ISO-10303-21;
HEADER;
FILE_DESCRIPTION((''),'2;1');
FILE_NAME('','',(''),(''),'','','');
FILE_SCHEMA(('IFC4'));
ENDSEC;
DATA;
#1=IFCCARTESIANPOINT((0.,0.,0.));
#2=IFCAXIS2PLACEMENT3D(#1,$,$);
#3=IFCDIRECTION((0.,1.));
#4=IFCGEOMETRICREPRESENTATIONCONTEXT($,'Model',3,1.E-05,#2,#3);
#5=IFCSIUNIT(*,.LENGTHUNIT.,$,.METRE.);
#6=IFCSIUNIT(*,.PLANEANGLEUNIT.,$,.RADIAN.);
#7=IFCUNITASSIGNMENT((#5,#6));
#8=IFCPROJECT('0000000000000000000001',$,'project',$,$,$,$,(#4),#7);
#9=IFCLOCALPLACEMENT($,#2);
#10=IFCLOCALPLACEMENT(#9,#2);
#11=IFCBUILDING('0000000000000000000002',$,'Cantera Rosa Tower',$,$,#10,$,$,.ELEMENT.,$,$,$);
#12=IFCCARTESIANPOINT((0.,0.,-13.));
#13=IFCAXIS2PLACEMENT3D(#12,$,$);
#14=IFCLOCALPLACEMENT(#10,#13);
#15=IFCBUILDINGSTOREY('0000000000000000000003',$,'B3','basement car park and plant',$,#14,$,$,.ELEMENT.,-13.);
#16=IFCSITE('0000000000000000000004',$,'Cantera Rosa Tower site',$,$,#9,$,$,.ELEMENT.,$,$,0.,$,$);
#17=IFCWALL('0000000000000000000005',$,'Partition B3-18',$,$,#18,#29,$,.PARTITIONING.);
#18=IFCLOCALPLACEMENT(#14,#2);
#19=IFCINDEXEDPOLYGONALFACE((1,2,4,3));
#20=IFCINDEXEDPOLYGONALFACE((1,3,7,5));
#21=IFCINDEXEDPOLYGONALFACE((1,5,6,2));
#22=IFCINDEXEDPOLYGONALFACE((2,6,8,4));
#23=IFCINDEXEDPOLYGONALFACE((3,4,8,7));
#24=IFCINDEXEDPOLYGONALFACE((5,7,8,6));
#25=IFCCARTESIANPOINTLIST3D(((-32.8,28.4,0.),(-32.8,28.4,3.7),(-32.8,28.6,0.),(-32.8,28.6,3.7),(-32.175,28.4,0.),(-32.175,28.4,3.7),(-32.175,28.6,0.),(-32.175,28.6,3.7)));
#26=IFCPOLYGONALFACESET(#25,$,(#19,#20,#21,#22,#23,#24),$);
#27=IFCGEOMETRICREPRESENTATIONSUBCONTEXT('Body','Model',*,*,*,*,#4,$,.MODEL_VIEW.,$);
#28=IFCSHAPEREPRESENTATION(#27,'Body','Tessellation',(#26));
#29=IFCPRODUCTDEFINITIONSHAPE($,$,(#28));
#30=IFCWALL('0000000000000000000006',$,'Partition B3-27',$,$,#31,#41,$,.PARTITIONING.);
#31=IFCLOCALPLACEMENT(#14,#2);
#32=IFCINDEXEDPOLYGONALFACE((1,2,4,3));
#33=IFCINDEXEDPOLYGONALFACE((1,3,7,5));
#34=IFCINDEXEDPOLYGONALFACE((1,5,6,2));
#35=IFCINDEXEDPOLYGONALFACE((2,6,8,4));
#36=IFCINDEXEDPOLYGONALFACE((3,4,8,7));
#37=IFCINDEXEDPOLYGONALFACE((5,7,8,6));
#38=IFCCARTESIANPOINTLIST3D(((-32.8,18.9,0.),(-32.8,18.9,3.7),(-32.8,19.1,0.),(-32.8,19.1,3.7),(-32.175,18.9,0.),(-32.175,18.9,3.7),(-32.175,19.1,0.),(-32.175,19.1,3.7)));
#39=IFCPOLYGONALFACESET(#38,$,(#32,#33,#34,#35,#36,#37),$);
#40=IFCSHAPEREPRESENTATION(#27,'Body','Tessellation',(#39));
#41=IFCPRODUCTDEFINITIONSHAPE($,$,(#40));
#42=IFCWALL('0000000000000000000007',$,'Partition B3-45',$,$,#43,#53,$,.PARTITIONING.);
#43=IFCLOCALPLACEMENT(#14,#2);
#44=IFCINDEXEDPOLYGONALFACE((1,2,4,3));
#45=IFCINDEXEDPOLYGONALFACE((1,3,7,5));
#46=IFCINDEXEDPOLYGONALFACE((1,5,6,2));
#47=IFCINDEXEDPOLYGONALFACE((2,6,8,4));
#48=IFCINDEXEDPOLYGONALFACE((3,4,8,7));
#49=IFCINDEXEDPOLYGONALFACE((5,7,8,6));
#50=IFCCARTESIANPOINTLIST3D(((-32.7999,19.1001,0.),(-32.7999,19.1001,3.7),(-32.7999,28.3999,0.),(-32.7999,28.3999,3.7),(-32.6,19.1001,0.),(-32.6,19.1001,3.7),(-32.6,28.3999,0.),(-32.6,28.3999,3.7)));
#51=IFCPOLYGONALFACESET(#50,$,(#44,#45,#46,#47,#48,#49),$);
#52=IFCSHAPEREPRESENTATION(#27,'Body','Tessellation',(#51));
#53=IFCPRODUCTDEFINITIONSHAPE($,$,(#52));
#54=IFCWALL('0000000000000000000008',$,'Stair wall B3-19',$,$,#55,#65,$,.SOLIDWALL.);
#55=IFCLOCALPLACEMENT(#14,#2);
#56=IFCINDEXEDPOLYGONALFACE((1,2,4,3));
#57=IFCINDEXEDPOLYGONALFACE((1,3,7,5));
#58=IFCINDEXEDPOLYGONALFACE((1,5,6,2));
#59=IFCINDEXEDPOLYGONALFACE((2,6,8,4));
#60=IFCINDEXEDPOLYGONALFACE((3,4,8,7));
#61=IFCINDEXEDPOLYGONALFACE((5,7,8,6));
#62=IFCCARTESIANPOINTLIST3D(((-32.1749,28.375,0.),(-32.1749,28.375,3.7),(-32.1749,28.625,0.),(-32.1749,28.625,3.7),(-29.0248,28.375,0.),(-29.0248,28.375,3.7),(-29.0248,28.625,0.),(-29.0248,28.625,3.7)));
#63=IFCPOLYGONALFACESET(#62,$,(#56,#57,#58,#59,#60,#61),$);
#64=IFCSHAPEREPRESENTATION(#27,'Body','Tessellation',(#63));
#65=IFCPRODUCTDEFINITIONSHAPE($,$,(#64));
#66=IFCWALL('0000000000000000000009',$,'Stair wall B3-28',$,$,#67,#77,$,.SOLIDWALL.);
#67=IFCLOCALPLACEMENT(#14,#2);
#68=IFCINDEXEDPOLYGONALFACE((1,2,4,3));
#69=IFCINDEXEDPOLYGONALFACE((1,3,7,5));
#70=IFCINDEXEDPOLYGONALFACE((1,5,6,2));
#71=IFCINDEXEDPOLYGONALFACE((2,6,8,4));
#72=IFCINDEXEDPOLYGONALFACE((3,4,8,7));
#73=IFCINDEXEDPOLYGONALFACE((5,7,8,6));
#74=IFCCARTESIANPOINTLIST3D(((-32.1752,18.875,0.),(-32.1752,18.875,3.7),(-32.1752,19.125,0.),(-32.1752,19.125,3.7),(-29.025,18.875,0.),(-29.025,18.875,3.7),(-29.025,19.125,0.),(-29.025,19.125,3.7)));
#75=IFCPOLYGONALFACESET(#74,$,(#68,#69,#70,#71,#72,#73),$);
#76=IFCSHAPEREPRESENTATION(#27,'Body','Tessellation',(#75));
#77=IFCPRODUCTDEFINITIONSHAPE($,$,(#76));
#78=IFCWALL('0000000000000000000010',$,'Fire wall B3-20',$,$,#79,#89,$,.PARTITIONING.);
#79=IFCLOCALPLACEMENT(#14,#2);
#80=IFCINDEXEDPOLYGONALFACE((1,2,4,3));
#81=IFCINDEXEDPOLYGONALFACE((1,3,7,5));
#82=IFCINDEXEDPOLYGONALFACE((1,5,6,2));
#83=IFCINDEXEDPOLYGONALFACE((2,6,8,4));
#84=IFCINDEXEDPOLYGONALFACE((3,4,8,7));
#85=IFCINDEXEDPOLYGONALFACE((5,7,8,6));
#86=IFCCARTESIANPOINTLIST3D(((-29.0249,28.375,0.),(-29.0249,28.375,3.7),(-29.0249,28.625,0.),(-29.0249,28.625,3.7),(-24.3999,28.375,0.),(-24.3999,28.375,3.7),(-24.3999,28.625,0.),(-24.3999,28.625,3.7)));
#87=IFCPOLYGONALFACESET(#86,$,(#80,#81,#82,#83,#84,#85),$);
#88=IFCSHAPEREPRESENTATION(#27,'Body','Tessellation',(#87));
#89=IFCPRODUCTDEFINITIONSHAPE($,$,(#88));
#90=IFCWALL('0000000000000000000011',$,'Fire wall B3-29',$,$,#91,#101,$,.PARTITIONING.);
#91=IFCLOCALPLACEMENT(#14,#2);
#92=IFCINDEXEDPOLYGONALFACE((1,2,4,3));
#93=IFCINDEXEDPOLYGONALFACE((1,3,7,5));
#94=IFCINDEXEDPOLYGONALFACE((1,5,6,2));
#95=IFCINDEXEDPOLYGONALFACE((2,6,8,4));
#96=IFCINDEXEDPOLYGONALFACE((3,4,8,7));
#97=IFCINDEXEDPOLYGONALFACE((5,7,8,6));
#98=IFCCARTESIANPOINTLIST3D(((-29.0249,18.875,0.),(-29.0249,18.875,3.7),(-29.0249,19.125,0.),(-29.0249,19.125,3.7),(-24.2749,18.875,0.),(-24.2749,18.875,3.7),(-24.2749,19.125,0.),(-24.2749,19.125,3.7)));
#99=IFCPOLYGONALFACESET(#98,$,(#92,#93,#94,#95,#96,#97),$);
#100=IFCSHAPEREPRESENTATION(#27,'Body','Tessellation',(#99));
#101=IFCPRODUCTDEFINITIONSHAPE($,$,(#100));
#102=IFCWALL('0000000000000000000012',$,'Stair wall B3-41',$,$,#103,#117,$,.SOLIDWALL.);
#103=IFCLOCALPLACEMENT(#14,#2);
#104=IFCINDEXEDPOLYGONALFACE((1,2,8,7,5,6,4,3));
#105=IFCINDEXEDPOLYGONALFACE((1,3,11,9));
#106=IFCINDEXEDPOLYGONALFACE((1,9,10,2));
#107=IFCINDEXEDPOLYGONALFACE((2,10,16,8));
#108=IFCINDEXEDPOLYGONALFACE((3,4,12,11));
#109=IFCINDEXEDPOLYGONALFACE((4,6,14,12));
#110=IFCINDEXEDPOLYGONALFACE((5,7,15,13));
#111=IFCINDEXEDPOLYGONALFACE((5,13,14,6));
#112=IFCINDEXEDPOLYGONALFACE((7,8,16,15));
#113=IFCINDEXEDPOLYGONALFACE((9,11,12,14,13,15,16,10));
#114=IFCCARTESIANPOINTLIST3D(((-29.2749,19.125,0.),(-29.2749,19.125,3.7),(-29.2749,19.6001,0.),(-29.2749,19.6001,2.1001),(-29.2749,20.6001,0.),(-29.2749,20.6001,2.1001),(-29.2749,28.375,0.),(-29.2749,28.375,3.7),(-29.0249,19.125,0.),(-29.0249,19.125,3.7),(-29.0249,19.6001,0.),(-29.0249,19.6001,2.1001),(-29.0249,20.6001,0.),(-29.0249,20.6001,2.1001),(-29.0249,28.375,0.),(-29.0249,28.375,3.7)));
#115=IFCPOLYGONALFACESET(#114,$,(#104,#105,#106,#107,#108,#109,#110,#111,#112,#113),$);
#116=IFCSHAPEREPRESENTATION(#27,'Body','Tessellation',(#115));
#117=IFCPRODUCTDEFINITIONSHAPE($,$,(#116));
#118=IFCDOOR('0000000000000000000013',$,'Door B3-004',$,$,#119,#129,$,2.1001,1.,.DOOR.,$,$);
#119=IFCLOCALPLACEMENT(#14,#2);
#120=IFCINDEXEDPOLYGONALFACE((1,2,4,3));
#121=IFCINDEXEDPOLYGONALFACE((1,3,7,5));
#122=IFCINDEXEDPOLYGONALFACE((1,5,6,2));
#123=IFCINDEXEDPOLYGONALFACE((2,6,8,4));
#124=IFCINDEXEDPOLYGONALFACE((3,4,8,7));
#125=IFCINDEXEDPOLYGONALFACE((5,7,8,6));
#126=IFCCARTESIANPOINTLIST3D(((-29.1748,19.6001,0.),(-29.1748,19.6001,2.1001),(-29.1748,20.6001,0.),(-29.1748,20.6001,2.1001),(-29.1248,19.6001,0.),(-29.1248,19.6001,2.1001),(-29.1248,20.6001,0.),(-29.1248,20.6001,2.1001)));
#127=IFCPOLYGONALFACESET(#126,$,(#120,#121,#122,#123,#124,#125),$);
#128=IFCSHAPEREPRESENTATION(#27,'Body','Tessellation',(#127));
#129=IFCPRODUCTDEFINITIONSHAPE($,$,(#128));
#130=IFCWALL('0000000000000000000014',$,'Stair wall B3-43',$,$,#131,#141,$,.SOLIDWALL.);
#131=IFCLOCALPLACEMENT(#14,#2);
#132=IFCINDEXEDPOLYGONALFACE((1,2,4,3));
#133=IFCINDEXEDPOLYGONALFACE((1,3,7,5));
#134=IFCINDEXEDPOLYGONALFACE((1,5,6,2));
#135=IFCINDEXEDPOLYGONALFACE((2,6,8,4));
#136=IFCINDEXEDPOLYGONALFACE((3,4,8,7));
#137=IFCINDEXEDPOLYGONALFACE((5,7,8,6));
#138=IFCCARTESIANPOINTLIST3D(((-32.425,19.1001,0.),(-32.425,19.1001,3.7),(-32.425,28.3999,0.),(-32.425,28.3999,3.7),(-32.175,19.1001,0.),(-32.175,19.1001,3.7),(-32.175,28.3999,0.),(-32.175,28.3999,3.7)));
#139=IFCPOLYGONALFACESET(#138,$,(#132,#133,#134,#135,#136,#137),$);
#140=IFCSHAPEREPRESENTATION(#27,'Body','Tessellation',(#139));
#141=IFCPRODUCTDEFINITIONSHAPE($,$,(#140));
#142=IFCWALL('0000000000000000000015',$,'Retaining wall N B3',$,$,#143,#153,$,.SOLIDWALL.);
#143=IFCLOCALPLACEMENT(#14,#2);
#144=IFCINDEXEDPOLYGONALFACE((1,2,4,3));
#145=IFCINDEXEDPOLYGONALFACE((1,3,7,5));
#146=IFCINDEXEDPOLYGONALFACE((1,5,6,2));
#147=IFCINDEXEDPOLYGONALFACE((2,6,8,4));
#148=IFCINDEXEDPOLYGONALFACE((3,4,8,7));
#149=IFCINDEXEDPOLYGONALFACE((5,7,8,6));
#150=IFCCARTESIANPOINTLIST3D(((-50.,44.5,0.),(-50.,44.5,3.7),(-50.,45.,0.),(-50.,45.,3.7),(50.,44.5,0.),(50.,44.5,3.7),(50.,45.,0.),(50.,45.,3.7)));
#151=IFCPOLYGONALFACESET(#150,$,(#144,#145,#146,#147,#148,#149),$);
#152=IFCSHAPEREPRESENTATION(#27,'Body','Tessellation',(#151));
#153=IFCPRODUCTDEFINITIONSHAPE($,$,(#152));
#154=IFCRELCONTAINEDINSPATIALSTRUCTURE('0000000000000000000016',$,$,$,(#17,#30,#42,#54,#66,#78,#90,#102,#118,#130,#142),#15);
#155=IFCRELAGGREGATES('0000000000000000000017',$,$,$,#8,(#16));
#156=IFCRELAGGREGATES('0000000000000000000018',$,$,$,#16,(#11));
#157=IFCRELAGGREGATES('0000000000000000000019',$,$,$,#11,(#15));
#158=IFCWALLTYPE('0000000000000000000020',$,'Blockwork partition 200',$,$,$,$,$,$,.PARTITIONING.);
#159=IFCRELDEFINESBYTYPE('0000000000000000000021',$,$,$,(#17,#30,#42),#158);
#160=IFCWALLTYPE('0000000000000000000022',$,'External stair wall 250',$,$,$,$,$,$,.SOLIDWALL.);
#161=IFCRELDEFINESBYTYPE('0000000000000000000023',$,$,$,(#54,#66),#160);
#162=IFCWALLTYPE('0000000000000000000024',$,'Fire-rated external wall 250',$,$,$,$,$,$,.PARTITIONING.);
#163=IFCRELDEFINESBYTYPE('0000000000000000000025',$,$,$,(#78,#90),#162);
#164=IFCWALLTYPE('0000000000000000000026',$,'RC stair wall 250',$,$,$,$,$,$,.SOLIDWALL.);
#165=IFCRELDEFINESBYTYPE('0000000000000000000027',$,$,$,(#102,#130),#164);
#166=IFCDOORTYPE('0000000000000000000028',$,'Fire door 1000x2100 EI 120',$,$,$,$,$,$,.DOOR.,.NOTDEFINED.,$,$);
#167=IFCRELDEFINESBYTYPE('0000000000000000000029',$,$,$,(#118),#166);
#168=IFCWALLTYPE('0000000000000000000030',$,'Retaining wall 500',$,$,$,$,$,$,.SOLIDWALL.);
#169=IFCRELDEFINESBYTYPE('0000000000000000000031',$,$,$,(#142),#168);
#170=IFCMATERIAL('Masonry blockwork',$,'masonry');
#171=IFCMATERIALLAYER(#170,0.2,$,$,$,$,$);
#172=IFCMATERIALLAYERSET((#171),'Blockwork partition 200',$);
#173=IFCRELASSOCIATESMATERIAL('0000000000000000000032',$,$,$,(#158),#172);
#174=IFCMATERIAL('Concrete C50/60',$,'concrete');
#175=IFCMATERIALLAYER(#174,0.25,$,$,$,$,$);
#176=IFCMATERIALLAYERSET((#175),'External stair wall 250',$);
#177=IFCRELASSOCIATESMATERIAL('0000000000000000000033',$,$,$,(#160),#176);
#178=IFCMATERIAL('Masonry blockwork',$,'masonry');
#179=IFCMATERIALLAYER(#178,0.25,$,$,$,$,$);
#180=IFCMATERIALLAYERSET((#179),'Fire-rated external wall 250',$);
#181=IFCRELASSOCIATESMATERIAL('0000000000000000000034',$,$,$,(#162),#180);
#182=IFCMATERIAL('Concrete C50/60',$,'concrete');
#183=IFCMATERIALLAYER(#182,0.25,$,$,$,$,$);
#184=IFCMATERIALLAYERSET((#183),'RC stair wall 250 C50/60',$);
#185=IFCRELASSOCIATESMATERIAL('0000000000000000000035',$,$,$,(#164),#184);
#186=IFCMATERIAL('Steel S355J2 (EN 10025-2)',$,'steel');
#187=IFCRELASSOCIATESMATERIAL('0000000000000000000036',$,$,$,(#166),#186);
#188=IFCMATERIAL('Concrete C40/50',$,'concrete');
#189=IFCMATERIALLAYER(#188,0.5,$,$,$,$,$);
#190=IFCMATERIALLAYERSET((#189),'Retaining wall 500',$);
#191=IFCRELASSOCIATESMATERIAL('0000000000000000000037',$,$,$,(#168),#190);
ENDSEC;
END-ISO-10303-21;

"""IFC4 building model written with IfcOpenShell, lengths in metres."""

from ifc_helpers import new_model, si_unit, direction, frame, frame_2d, origin, place, context, subcontext, project, spatial, rectangle, extrude, material, layer, layer_set, type_object, element, fill, save


model = new_model("IFC4")

# Units and contexts
model_context = context("Model", 3, precision=1e-05, world=origin(), true_north=direction((0.0, 1.0)))
body_context = subcontext(model_context, "Body", "Model", "MODEL_VIEW")
ifc_project = project(units=[si_unit("LENGTHUNIT", "METRE"), si_unit("PLANEANGLEUNIT", "RADIAN")], contexts=[model_context])

# Site, building, storey
site_placement = place(None, origin())
site = spatial("IfcSite", under=ifc_project, at=site_placement, Name="Cantera Rosa Tower site", CompositionType="ELEMENT", RefElevation=0.0)
building_placement = place(site_placement, origin())
building = spatial("IfcBuilding", under=site, at=building_placement, Name="Cantera Rosa Tower", CompositionType="ELEMENT")
storey_placement = place(building_placement, frame((0.0, 0.0, -13.0)))
storey = spatial("IfcBuildingStorey", under=building, at=storey_placement, Name="B3", Description="basement car park and plant", CompositionType="ELEMENT", Elevation=-13.0)

# Walls
ifc_material_1 = material(Name="Masonry blockwork", Category="masonry")
ifc_layer_1 = layer(ifc_material_1, 0.2)
ifc_layer_set_1 = layer_set([ifc_layer_1], Name="Blockwork partition 200")
wall_type_1 = type_object("IfcWallType", Name="Blockwork partition 200", PredefinedType="PARTITIONING", material=ifc_layer_set_1)
for number, where, z_axis, x_axis, name in (
    (1, (-32.8, 28.5, 0.0), (0.0, 0.0, 1.0), (1.0, 0.0, 0.0), "Partition B3-18"),
    (2, (-32.8, 19.0, 0.0), (0.0, 0.0, 1.0), (1.0, 0.0, 0.0), "Partition B3-27"),
):
    element("IfcWall", number, at=place(storey_placement, frame(where, z_axis=z_axis, x_axis=x_axis)), inside=storey, type_object=wall_type_1, Name=name, PredefinedType="PARTITIONING", context=body_context, shape_type="SweptSolid", body=[
        extrude(rectangle(XDim=0.625, YDim=0.2, at=frame_2d((0.3125, 0.0))), origin(), (0.0, 0.0, 1.0), 3.7),
    ])
wall_1_placement = place(storey_placement, frame((-32.7, 19.1001, 0.0), z_axis=(0.0, 0.0, 1.0), x_axis=(0.0, 1.0, 0.0)))
element("IfcWall", 3, at=wall_1_placement, inside=storey, type_object=wall_type_1, Name="Partition B3-45", PredefinedType="PARTITIONING", context=body_context, shape_type="SweptSolid", body=[
    extrude(rectangle(XDim=9.2998, YDim=0.2, at=frame_2d((4.6499, 0.0))), origin(), (0.0, 0.0, 1.0), 3.7),
])
ifc_material_2 = material(Name="Concrete C50/60", Category="concrete")
ifc_layer_2 = layer(ifc_material_2, 0.25)
ifc_layer_set_2 = layer_set([ifc_layer_2], Name="External stair wall 250")
wall_type_2 = type_object("IfcWallType", Name="External stair wall 250", PredefinedType="SOLIDWALL", material=ifc_layer_set_2)
for number, where, z_axis, x_axis, name in (
    (4, (-32.175, 28.5, 0.0), (0.0, 0.0, 1.0), (1.0, 0.0, 0.0), "Stair wall B3-19"),
    (5, (-29.0249, 19.0, 0.0), (0.0, 0.0, 1.0), (-1.0, 0.0, 0.0), "Stair wall B3-28"),
):
    element("IfcWall", number, at=place(storey_placement, frame(where, z_axis=z_axis, x_axis=x_axis)), inside=storey, type_object=wall_type_2, Name=name, PredefinedType="SOLIDWALL", context=body_context, shape_type="SweptSolid", body=[
        extrude(rectangle(XDim=3.1501, YDim=0.25, at=frame_2d((1.5752, 0.0))), origin(), (0.0, 0.0, 1.0), 3.7),
    ])
ifc_material_3 = material(Name="Masonry blockwork", Category="masonry")
ifc_layer_3 = layer(ifc_material_3, 0.25)
ifc_layer_set_3 = layer_set([ifc_layer_3], Name="Fire-rated external wall 250")
wall_type_3 = type_object("IfcWallType", Name="Fire-rated external wall 250", PredefinedType="PARTITIONING", material=ifc_layer_set_3)
wall_2_placement = place(storey_placement, frame((-29.0249, 28.5, 0.0), z_axis=(0.0, 0.0, 1.0), x_axis=(1.0, 0.0, 0.0)))
element("IfcWall", 6, at=wall_2_placement, inside=storey, type_object=wall_type_3, Name="Fire wall B3-20", PredefinedType="PARTITIONING", context=body_context, shape_type="SweptSolid", body=[
    extrude(rectangle(XDim=4.625, YDim=0.25, at=frame_2d((2.3125, 0.0))), origin(), (0.0, 0.0, 1.0), 3.7),
])
wall_3_placement = place(storey_placement, frame((-29.0249, 19.0, 0.0), z_axis=(0.0, 0.0, 1.0), x_axis=(1.0, 0.0, 0.0)))
element("IfcWall", 7, at=wall_3_placement, inside=storey, type_object=wall_type_3, Name="Fire wall B3-29", PredefinedType="PARTITIONING", context=body_context, shape_type="SweptSolid", body=[
    extrude(rectangle(XDim=4.75, YDim=0.25, at=frame_2d((2.375, 0.0))), origin(), (0.0, 0.0, 1.0), 3.7),
])

# Wall, opening, door
ifc_material_4 = material(Name="Concrete C50/60", Category="concrete")
ifc_layer_4 = layer(ifc_material_4, 0.25)
ifc_layer_set_4 = layer_set([ifc_layer_4], Name="RC stair wall 250 C50/60")
wall_type_4 = type_object("IfcWallType", Name="RC stair wall 250", PredefinedType="SOLIDWALL", material=ifc_layer_set_4)
wall_4_placement = place(storey_placement, frame((-29.1499, 19.125, 0.0), z_axis=(0.0, 0.0, 1.0), x_axis=(0.0, 1.0, 0.0)))
wall_4 = element("IfcWall", 8, at=wall_4_placement, inside=storey, type_object=wall_type_4, Name="Stair wall B3-41", PredefinedType="SOLIDWALL", context=body_context, shape_type="SweptSolid", body=[
    extrude(rectangle(XDim=9.25, YDim=0.25, at=frame_2d((4.625, 0.0))), origin(), (0.0, 0.0, 1.0), 3.7),
])
opening_placement = place(wall_4_placement, frame((0.4751, 0.0, 0.0)))
opening = element("IfcOpeningElement", 9, at=opening_placement, cuts=wall_4, PredefinedType="OPENING", context=body_context, shape_type="SweptSolid", body=[
    extrude(rectangle(XDim=1.0, YDim=2.1001, at=frame_2d((0.5, 1.05))), frame((0.0, 0.135, 0.0), z_axis=(0.0, -1.0, 0.0), x_axis=(1.0, 0.0, 0.0)), (0.0, 0.0, 1.0), 0.27),
])
ifc_material_5 = material(Name="Steel S355J2 (EN 10025-2)", Category="steel")
door_type = type_object("IfcDoorType", Name="Fire door 1000x2100 EI 120", OperationType="NOTDEFINED", PredefinedType="DOOR", material=ifc_material_5)
door_placement = place(opening_placement, origin())
door = element("IfcDoor", 10, at=door_placement, inside=storey, type_object=door_type, Name="Door B3-004", OverallHeight=2.1001, OverallWidth=1.0, PredefinedType="DOOR", context=body_context, shape_type="SweptSolid", body=[
    extrude(rectangle(XDim=1.0, YDim=2.1001, at=frame_2d((0.5, 1.05))), frame((0.0, 0.0249, 0.0), z_axis=(0.0, -1.0, 0.0), x_axis=(1.0, 0.0, 0.0)), (0.0, 0.0, 1.0), 0.05),
])
fill(opening, door)

# Walls
wall_5_placement = place(storey_placement, frame((-32.3, 19.1001, 0.0), z_axis=(0.0, 0.0, 1.0), x_axis=(0.0, 1.0, 0.0)))
element("IfcWall", 11, at=wall_5_placement, inside=storey, type_object=wall_type_4, Name="Stair wall B3-43", PredefinedType="SOLIDWALL", context=body_context, shape_type="SweptSolid", body=[
    extrude(rectangle(XDim=9.2998, YDim=0.25, at=frame_2d((4.6499, 0.0))), origin(), (0.0, 0.0, 1.0), 3.7),
])
ifc_material_6 = material(Name="Concrete C40/50", Category="concrete")
ifc_layer_5 = layer(ifc_material_6, 0.5)
ifc_layer_set_5 = layer_set([ifc_layer_5], Name="Retaining wall 500")
wall_type_5 = type_object("IfcWallType", Name="Retaining wall 500", PredefinedType="SOLIDWALL", material=ifc_layer_set_5)
wall_6_placement = place(storey_placement, frame((-50.0, 44.75, 0.0), z_axis=(0.0, 0.0, 1.0), x_axis=(1.0, 0.0, 0.0)))
element("IfcWall", 12, at=wall_6_placement, inside=storey, type_object=wall_type_5, Name="Retaining wall N B3", PredefinedType="SOLIDWALL", context=body_context, shape_type="SweptSolid", body=[
    extrude(rectangle(XDim=100.0, YDim=0.5, at=frame_2d((50.0, 0.0))), origin(), (0.0, 0.0, 1.0), 3.7),
])

save(model, "model.ifc")
